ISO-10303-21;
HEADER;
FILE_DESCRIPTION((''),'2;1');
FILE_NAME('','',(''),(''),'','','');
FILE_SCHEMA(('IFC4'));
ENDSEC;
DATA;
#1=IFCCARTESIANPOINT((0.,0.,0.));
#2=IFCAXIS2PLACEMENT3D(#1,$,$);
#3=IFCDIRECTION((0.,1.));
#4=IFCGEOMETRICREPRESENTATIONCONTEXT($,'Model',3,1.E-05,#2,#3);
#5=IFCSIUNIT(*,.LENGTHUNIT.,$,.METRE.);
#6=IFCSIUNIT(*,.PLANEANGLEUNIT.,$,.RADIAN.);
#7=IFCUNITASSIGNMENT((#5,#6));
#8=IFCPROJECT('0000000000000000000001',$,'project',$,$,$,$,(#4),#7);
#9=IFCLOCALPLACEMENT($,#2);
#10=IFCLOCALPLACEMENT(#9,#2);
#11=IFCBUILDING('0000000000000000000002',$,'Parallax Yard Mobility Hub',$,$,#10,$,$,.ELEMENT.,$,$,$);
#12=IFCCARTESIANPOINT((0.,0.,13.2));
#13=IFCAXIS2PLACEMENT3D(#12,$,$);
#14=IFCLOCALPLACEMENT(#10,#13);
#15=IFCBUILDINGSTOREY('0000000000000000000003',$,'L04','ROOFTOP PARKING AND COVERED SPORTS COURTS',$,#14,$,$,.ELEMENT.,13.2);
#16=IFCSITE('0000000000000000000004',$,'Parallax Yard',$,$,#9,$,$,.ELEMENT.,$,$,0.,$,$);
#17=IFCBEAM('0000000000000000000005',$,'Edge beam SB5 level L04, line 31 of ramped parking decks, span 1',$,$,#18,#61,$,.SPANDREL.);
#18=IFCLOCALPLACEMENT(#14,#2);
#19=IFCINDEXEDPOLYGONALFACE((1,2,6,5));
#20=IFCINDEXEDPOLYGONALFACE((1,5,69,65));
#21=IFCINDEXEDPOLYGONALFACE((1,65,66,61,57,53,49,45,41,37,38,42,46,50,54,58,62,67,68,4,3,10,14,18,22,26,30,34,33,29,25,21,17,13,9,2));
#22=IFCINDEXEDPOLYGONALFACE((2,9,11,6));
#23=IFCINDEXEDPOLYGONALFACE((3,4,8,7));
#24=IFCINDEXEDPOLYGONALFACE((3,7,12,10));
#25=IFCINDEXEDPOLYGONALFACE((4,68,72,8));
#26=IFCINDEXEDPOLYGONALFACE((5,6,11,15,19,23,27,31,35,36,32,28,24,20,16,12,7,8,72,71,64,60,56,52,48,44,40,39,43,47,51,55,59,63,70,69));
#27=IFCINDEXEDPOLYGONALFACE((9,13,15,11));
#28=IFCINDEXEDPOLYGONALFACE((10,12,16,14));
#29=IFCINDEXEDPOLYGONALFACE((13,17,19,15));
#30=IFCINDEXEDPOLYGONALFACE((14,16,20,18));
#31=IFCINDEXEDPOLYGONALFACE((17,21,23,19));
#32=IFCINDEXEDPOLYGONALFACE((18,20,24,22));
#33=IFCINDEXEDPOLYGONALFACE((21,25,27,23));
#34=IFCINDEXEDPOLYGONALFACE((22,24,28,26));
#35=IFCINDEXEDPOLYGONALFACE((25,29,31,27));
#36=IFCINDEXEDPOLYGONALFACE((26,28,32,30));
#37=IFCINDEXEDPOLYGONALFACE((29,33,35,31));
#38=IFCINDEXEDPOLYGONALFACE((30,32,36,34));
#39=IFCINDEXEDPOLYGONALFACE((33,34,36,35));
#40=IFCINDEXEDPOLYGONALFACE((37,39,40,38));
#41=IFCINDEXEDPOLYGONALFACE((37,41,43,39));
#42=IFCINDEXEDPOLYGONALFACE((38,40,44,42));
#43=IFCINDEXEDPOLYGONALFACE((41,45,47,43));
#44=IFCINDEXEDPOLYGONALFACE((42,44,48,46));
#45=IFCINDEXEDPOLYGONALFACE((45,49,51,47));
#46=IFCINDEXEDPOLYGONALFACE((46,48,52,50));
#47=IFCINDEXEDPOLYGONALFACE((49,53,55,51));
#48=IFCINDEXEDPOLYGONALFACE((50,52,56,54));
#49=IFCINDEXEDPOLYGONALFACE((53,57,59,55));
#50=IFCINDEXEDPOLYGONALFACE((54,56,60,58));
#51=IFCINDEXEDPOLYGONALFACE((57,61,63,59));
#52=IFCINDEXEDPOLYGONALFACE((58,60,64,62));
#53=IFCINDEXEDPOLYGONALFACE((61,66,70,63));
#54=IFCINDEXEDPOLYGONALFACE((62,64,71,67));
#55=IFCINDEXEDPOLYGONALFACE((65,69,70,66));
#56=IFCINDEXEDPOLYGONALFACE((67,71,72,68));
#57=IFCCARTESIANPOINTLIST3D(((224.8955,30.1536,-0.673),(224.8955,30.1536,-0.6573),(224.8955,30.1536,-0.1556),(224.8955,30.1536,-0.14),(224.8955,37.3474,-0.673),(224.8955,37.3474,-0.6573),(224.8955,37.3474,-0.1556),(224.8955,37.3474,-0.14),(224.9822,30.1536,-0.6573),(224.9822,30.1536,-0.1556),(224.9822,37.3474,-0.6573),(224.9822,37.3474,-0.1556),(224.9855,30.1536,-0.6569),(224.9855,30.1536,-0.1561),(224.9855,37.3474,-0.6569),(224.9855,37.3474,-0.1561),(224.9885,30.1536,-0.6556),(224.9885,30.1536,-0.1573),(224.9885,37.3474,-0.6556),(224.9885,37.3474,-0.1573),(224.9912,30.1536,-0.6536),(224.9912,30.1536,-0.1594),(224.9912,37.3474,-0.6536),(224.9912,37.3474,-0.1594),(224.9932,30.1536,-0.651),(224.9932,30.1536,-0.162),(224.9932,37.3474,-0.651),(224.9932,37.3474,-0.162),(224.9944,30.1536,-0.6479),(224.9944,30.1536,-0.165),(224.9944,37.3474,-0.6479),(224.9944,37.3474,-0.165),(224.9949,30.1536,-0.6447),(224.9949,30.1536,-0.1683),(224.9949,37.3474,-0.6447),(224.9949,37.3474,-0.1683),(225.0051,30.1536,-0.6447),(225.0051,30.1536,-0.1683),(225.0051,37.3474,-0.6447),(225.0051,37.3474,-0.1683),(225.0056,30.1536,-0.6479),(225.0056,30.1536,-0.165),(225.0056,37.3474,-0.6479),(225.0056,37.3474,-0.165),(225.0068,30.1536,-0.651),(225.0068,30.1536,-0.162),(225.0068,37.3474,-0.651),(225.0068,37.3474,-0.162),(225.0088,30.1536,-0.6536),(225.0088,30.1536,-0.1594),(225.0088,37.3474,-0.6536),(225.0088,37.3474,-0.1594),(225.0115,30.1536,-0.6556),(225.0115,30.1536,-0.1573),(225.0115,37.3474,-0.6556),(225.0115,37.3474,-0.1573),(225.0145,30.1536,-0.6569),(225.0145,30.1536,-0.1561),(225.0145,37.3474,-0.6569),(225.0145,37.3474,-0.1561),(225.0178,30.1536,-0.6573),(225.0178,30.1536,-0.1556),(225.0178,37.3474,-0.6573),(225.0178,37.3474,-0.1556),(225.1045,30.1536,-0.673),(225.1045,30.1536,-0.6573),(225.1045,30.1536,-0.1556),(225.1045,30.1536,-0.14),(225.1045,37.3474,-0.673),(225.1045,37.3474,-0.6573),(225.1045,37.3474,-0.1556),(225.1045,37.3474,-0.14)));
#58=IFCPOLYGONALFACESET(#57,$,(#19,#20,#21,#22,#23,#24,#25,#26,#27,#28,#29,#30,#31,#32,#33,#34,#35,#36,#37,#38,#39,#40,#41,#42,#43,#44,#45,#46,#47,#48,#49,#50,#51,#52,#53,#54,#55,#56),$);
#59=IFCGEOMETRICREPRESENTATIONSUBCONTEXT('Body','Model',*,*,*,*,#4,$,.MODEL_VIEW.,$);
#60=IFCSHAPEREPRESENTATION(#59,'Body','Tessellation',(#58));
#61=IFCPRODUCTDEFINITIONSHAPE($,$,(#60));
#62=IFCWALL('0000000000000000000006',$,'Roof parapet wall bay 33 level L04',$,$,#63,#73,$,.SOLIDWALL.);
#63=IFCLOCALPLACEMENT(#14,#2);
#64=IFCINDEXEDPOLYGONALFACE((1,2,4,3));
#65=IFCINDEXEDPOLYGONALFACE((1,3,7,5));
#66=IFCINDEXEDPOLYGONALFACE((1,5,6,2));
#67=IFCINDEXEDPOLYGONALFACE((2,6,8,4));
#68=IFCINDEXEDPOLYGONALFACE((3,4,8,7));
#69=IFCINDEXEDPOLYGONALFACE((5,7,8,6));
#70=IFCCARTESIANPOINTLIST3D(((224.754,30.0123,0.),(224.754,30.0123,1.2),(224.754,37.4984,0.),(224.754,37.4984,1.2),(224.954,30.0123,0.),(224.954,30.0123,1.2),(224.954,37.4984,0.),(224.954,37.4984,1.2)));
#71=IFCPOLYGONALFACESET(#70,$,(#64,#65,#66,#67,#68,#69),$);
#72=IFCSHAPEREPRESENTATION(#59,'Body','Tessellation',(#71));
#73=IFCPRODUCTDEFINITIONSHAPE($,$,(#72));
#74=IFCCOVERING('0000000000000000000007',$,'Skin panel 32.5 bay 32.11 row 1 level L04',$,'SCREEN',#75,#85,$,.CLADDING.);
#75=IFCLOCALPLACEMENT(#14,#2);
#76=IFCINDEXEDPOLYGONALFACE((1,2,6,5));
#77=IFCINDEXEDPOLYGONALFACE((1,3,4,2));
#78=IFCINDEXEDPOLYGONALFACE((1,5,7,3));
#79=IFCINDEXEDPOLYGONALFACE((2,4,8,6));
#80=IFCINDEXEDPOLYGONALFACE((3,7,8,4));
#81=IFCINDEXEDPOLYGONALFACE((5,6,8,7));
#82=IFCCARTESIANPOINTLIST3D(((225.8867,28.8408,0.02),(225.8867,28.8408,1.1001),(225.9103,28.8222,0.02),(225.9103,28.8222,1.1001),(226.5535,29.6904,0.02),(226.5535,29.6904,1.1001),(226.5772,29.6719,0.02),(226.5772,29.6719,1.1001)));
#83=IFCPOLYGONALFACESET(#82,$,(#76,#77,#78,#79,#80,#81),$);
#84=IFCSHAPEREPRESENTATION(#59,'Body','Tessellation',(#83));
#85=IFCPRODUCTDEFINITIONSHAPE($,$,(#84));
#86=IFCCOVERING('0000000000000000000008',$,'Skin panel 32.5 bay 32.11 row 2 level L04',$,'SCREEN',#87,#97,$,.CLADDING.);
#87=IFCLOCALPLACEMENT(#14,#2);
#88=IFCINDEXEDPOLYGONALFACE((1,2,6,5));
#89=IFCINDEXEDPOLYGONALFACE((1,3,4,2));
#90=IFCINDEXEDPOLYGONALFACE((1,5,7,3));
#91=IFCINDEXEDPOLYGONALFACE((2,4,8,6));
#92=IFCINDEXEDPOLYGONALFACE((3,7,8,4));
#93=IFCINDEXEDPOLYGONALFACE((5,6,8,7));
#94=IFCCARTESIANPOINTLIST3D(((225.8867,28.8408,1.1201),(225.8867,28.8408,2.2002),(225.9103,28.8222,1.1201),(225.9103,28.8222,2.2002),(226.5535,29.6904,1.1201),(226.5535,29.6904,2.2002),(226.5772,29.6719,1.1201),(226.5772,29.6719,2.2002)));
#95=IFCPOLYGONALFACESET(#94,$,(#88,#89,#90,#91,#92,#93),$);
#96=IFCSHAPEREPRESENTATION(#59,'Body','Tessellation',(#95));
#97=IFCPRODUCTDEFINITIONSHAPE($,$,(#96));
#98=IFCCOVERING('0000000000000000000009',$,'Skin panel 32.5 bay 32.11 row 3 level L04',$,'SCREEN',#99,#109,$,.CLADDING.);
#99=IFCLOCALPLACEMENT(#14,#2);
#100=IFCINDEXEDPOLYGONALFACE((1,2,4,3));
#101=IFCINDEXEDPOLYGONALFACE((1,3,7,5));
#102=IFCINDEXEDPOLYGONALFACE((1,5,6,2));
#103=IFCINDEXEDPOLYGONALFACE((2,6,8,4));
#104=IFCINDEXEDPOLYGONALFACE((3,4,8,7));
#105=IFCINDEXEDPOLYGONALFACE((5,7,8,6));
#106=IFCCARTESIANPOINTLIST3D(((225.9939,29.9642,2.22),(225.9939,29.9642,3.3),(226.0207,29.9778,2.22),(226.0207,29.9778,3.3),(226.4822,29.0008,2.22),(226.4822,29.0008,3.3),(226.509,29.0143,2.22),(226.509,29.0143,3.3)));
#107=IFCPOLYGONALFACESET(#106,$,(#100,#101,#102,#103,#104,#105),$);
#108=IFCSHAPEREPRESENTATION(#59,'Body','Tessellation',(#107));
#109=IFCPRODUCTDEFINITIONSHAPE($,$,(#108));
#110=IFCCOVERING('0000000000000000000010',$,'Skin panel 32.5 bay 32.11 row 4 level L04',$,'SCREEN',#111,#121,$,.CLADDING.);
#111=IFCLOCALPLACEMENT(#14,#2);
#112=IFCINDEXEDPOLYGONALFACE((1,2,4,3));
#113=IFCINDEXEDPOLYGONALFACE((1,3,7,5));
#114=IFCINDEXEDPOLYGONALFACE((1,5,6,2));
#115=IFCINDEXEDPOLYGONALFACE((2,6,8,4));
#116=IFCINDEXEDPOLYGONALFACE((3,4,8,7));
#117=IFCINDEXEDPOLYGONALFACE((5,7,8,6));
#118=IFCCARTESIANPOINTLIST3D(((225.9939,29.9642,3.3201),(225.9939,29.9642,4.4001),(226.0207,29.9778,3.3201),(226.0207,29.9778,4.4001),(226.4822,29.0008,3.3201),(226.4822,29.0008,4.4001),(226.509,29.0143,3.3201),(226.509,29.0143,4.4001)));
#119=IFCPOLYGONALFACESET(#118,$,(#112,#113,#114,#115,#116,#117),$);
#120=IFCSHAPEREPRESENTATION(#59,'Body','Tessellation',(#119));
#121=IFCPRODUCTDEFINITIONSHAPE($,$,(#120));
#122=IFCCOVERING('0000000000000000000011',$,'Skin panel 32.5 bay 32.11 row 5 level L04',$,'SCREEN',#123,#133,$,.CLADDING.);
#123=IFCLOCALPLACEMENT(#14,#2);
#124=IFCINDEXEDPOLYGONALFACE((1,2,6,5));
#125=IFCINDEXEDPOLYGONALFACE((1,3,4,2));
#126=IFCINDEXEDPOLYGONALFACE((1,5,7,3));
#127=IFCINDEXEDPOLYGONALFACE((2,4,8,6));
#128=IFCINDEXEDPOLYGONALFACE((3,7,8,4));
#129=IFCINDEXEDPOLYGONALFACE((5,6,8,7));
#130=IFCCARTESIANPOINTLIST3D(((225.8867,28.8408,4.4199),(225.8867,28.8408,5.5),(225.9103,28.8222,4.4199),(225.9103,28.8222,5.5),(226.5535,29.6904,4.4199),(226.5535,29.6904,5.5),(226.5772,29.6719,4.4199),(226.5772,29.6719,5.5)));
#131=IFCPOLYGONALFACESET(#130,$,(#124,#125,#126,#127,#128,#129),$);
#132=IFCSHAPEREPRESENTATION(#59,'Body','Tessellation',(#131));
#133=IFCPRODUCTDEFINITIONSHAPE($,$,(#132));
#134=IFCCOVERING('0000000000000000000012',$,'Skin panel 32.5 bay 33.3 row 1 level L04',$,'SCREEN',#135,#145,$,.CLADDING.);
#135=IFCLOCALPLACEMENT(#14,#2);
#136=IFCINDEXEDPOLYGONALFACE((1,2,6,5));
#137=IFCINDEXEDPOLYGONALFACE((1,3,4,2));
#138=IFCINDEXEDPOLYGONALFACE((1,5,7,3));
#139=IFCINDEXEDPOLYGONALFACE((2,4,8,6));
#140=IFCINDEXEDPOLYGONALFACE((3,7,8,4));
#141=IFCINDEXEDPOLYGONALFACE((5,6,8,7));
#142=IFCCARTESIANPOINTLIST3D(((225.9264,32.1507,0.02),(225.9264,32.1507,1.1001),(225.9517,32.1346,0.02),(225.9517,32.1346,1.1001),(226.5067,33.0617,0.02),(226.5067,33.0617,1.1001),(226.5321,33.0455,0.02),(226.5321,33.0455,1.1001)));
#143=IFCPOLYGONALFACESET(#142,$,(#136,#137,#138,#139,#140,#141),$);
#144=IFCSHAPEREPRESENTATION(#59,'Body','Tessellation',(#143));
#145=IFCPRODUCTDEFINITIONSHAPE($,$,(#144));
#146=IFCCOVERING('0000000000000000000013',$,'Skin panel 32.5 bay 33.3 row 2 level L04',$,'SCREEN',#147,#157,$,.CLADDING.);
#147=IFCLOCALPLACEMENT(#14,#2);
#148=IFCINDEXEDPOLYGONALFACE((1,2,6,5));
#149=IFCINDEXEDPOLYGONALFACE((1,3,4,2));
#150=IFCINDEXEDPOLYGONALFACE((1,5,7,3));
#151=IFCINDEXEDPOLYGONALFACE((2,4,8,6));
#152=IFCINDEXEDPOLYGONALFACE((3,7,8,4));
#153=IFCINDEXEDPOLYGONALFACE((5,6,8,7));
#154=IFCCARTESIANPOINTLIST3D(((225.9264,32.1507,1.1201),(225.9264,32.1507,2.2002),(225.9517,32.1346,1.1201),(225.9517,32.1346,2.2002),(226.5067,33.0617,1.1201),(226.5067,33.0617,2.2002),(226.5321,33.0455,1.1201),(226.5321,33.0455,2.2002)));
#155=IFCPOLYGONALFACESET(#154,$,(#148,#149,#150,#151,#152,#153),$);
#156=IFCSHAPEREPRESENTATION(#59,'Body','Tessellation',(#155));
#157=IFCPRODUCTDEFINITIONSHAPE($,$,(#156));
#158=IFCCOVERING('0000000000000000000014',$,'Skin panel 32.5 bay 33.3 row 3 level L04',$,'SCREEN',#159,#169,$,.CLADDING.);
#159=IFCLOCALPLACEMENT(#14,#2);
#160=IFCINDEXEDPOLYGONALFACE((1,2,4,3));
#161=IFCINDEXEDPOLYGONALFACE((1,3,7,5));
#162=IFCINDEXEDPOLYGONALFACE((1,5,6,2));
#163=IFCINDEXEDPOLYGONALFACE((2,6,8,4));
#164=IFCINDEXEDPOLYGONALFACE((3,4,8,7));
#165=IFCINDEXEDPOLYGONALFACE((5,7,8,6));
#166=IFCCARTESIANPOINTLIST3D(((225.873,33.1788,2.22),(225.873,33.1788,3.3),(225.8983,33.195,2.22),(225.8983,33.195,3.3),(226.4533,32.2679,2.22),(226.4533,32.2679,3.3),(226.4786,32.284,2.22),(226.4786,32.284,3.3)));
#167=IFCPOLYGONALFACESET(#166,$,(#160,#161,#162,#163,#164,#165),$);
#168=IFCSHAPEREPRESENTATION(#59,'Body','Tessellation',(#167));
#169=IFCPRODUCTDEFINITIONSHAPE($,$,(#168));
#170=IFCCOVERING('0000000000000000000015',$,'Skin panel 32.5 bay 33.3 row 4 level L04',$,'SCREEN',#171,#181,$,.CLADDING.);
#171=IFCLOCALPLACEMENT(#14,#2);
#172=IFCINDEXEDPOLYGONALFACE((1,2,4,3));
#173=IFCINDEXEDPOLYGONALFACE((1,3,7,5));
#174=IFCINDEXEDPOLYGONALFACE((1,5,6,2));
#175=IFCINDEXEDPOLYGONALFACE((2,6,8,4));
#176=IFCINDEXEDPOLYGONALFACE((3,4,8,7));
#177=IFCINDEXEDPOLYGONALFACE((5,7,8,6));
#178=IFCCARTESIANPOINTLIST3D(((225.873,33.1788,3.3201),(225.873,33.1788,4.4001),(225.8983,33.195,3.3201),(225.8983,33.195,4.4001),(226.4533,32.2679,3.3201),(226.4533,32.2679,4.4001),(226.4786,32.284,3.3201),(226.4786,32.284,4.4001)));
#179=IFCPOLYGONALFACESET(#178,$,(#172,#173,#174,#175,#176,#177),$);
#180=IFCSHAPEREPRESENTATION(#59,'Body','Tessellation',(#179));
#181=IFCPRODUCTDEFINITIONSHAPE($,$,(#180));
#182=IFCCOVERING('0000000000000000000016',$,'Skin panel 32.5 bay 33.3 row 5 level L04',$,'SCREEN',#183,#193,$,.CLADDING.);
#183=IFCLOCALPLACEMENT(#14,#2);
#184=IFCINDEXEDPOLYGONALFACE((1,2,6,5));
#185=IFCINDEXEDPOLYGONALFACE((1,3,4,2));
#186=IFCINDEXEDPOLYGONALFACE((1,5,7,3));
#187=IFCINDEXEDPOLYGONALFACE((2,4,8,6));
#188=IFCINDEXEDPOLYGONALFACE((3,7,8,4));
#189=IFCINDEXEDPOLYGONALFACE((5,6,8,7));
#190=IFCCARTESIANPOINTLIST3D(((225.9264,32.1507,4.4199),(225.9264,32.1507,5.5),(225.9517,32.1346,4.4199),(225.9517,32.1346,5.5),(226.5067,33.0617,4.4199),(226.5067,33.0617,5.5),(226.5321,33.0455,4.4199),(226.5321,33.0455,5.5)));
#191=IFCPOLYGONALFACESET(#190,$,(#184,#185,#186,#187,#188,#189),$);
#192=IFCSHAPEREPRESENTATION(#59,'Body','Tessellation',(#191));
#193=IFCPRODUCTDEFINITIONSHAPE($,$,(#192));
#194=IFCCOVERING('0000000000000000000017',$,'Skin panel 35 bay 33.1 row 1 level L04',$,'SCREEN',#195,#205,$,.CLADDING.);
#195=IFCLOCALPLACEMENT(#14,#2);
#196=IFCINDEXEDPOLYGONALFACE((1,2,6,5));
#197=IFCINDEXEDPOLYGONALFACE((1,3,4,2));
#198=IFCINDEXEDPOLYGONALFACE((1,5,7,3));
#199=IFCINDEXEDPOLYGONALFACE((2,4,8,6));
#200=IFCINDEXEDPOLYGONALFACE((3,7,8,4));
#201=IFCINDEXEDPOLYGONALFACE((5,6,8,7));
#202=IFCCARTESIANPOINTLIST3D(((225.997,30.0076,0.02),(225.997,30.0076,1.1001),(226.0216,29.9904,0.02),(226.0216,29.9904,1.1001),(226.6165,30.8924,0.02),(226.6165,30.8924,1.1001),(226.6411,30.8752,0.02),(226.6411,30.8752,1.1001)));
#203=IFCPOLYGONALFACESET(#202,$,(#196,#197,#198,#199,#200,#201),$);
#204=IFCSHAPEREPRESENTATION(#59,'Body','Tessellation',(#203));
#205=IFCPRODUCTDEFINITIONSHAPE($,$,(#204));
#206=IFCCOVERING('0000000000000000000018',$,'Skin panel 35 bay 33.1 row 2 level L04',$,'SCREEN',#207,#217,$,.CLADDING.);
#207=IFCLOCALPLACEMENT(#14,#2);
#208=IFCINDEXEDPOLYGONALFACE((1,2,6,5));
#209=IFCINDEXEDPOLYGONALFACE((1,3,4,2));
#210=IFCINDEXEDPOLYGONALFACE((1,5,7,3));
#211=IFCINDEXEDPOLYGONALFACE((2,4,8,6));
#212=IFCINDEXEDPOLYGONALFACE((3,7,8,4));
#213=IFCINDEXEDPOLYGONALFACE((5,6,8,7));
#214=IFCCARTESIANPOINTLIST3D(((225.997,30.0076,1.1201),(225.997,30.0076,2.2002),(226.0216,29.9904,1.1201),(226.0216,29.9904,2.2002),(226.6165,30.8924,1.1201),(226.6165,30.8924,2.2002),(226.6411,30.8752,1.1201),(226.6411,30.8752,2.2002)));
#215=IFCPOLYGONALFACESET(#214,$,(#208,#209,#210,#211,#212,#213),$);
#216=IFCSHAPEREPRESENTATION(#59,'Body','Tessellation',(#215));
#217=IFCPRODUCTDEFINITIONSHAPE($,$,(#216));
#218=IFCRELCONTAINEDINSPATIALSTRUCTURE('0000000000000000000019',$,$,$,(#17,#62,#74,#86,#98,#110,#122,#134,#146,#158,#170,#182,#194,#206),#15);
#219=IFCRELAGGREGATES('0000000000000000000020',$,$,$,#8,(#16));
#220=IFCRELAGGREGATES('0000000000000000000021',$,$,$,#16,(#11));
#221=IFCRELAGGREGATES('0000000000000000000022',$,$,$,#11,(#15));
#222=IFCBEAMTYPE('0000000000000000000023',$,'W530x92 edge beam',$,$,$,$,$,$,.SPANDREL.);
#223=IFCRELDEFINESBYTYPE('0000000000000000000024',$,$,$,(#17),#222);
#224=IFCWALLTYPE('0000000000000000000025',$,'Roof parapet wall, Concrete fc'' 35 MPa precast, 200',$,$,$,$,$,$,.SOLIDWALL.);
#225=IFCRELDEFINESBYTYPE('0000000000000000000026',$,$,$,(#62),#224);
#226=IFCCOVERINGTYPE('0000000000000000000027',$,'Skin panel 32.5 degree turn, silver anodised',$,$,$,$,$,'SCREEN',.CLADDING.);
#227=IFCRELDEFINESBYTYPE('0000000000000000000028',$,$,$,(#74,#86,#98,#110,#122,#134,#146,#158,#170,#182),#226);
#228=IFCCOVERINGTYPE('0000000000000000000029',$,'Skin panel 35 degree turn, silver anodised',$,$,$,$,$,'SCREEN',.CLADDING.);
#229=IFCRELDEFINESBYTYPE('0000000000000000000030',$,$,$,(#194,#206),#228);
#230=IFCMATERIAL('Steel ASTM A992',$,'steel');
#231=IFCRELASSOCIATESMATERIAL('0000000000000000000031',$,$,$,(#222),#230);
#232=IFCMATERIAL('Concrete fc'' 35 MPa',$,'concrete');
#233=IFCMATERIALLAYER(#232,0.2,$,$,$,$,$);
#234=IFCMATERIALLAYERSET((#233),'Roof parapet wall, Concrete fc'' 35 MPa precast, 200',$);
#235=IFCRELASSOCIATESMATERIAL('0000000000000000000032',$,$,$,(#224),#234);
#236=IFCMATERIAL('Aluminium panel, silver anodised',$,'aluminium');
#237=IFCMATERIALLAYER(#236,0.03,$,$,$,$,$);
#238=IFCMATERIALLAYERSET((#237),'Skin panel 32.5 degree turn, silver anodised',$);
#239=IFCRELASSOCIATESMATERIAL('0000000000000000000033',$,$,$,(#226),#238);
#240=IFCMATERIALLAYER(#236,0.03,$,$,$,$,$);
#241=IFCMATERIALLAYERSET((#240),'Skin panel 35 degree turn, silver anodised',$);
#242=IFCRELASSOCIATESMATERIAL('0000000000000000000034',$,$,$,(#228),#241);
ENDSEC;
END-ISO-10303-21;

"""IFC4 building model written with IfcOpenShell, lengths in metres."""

from ifc_helpers import new_model, si_unit, direction, frame, frame_2d, origin, origin_2d, place, context, subcontext, project, spatial, rectangle, i_section, extrude, material, layer, layer_set, material_profile, profile_set, type_object, element, save


model = new_model("IFC4")

# Units and contexts
model_context = context("Model", 3, precision=1e-05, world=origin(), true_north=direction((0.0, 1.0)))
body_context = subcontext(model_context, "Body", "Model", "MODEL_VIEW")
ifc_project = project(units=[si_unit("LENGTHUNIT", "METRE"), si_unit("PLANEANGLEUNIT", "RADIAN")], contexts=[model_context])

# Site, building, storey
site_placement = place(None, origin())
site = spatial("IfcSite", under=ifc_project, at=site_placement, Name="Parallax Yard", CompositionType="ELEMENT", RefElevation=0.0)
building_placement = place(site_placement, origin())
building = spatial("IfcBuilding", under=site, at=building_placement, Name="Parallax Yard Mobility Hub", CompositionType="ELEMENT")
storey_placement = place(building_placement, frame((0.0, 0.0, 13.2)))
storey = spatial("IfcBuildingStorey", under=building, at=storey_placement, Name="L04", Description="ROOFTOP PARKING AND COVERED SPORTS COURTS", CompositionType="ELEMENT", Elevation=13.2)

# Beam
ifc_material_1 = material(Name="Steel ASTM A992", Category="steel")
ifc_material_profile_1 = material_profile(ifc_material_1, i_section(OverallWidth=0.209, OverallDepth=0.533, WebThickness=0.0103, FlangeThickness=0.0156, FilletRadius=0.0127, at=origin_2d()), Name="W530x92")
ifc_profile_set_1 = profile_set([ifc_material_profile_1], Name="Steel ASTM A992")
beam_type = type_object("IfcBeamType", Name="W530x92 edge beam", PredefinedType="SPANDREL", material=ifc_profile_set_1)
beam_placement = place(storey_placement, frame((225.0, 30.1536, -0.4065), z_axis=(0.0, 1.0, 0.0), x_axis=(-1.0, 0.0, 0.0)))
element("IfcBeam", 1, at=beam_placement, inside=storey, type_object=beam_type, Name="Edge beam SB5 level L04, line 31 of ramped parking decks, span 1", PredefinedType="SPANDREL", context=body_context, shape_type="SweptSolid", body=[
    extrude(i_section(OverallWidth=0.209, OverallDepth=0.533, WebThickness=0.0103, FlangeThickness=0.0156, FilletRadius=0.0127, at=origin_2d()), origin(), (0.0, 0.0, 1.0), 7.1938),
])

# Wall
ifc_material_2 = material(Name="Concrete fc' 35 MPa", Category="concrete")
ifc_layer_1 = layer(ifc_material_2, 0.2)
ifc_layer_set_1 = layer_set([ifc_layer_1], Name="Roof parapet wall, Concrete fc' 35 MPa precast, 200")
wall_type = type_object("IfcWallType", Name="Roof parapet wall, Concrete fc' 35 MPa precast, 200", PredefinedType="SOLIDWALL", material=ifc_layer_set_1)
wall_placement = place(storey_placement, frame((224.854, 30.0122, 0.0), z_axis=(0.0, 0.0, 1.0), x_axis=(0.0, 1.0, 0.0)))
element("IfcWall", 2, at=wall_placement, inside=storey, type_object=wall_type, Name="Roof parapet wall bay 33 level L04", PredefinedType="SOLIDWALL", context=body_context, shape_type="SweptSolid", body=[
    extrude(rectangle(XDim=7.4861, YDim=0.2, at=frame_2d((3.7432, 0.0))), origin(), (0.0, 0.0, 1.0), 1.2),
])

# Coverings
ifc_material_3 = material(Name="Aluminium panel, silver anodised", Category="aluminium")
ifc_layer_2 = layer(ifc_material_3, 0.03)
ifc_layer_set_2 = layer_set([ifc_layer_2], Name="Skin panel 32.5 degree turn, silver anodised")
covering_type_1 = type_object("IfcCoveringType", Name="Skin panel 32.5 degree turn, silver anodised", ElementType="SCREEN", PredefinedType="CLADDING", material=ifc_layer_set_2)
for number, where, z_axis, x_axis, name in (
    (3, (226.2319, 29.2563, 0.02), (0.0, 0.0, 1.0), (0.617379, 0.786666, 0.0), "Skin panel 32.5 bay 32.11 row 1 level L04"),
    (4, (226.2319, 29.2563, 1.1201), (0.0, 0.0, 1.0), (0.617379, 0.786666, 0.0), "Skin panel 32.5 bay 32.11 row 2 level L04"),
    (5, (226.2515, 29.4893, 2.22), (0.0, 0.0, 1.0), (0.452046, -0.891995, 0.0), "Skin panel 32.5 bay 32.11 row 3 level L04"),
    (6, (226.2515, 29.4893, 3.3201), (0.0, 0.0, 1.0), (0.452046, -0.891995, 0.0), "Skin panel 32.5 bay 32.11 row 4 level L04"),
    (7, (226.2319, 29.2563, 4.4199), (0.0, 0.0, 1.0), (0.617379, 0.786666, 0.0), "Skin panel 32.5 bay 32.11 row 5 level L04"),
    (8, (226.2292, 32.5981, 0.02), (0.0, 0.0, 1.0), (0.5373, 0.843391, 0.0), "Skin panel 32.5 bay 33.3 row 1 level L04"),
    (9, (226.2292, 32.5981, 1.1201), (0.0, 0.0, 1.0), (0.5373, 0.843391, 0.0), "Skin panel 32.5 bay 33.3 row 2 level L04"),
    (10, (226.1758, 32.7314, 2.22), (0.0, 0.0, 1.0), (0.5373, -0.843391, 0.0), "Skin panel 32.5 bay 33.3 row 3 level L04"),
    (11, (226.1758, 32.7314, 3.3201), (0.0, 0.0, 1.0), (0.5373, -0.843391, 0.0), "Skin panel 32.5 bay 33.3 row 4 level L04"),
    (12, (226.2292, 32.5981, 4.4199), (0.0, 0.0, 1.0), (0.5373, 0.843391, 0.0), "Skin panel 32.5 bay 33.3 row 5 level L04"),
):
    element("IfcCovering", number, at=place(storey_placement, frame(where, z_axis=z_axis, x_axis=x_axis)), inside=storey, type_object=covering_type_1, Name=name, ObjectType="SCREEN", PredefinedType="CLADDING", context=body_context, shape_type="SweptSolid", body=[
        extrude(rectangle(XDim=1.0801, YDim=0.03, at=origin_2d()), origin(), (0.0, 0.0, 1.0), 1.0801),
    ])
ifc_layer_3 = layer(ifc_material_3, 0.03)
ifc_layer_set_3 = layer_set([ifc_layer_3], Name="Skin panel 35 degree turn, silver anodised")
covering_type_2 = type_object("IfcCoveringType", Name="Skin panel 35 degree turn, silver anodised", ElementType="SCREEN", PredefinedType="CLADDING", material=ifc_layer_set_3)
for number, where, z_axis, x_axis, name in (
    (13, (226.3191, 30.4414, 0.02), (0.0, 0.0, 1.0), (0.573576, 0.819152, 0.0), "Skin panel 35 bay 33.1 row 1 level L04"),
    (14, (226.3191, 30.4414, 1.1201), (0.0, 0.0, 1.0), (0.573576, 0.819152, 0.0), "Skin panel 35 bay 33.1 row 2 level L04"),
):
    element("IfcCovering", number, at=place(storey_placement, frame(where, z_axis=z_axis, x_axis=x_axis)), inside=storey, type_object=covering_type_2, Name=name, ObjectType="SCREEN", PredefinedType="CLADDING", context=body_context, shape_type="SweptSolid", body=[
        extrude(rectangle(XDim=1.0801, YDim=0.03, at=origin_2d()), origin(), (0.0, 0.0, 1.0), 1.0801),
    ])

save(model, "model.ifc")
